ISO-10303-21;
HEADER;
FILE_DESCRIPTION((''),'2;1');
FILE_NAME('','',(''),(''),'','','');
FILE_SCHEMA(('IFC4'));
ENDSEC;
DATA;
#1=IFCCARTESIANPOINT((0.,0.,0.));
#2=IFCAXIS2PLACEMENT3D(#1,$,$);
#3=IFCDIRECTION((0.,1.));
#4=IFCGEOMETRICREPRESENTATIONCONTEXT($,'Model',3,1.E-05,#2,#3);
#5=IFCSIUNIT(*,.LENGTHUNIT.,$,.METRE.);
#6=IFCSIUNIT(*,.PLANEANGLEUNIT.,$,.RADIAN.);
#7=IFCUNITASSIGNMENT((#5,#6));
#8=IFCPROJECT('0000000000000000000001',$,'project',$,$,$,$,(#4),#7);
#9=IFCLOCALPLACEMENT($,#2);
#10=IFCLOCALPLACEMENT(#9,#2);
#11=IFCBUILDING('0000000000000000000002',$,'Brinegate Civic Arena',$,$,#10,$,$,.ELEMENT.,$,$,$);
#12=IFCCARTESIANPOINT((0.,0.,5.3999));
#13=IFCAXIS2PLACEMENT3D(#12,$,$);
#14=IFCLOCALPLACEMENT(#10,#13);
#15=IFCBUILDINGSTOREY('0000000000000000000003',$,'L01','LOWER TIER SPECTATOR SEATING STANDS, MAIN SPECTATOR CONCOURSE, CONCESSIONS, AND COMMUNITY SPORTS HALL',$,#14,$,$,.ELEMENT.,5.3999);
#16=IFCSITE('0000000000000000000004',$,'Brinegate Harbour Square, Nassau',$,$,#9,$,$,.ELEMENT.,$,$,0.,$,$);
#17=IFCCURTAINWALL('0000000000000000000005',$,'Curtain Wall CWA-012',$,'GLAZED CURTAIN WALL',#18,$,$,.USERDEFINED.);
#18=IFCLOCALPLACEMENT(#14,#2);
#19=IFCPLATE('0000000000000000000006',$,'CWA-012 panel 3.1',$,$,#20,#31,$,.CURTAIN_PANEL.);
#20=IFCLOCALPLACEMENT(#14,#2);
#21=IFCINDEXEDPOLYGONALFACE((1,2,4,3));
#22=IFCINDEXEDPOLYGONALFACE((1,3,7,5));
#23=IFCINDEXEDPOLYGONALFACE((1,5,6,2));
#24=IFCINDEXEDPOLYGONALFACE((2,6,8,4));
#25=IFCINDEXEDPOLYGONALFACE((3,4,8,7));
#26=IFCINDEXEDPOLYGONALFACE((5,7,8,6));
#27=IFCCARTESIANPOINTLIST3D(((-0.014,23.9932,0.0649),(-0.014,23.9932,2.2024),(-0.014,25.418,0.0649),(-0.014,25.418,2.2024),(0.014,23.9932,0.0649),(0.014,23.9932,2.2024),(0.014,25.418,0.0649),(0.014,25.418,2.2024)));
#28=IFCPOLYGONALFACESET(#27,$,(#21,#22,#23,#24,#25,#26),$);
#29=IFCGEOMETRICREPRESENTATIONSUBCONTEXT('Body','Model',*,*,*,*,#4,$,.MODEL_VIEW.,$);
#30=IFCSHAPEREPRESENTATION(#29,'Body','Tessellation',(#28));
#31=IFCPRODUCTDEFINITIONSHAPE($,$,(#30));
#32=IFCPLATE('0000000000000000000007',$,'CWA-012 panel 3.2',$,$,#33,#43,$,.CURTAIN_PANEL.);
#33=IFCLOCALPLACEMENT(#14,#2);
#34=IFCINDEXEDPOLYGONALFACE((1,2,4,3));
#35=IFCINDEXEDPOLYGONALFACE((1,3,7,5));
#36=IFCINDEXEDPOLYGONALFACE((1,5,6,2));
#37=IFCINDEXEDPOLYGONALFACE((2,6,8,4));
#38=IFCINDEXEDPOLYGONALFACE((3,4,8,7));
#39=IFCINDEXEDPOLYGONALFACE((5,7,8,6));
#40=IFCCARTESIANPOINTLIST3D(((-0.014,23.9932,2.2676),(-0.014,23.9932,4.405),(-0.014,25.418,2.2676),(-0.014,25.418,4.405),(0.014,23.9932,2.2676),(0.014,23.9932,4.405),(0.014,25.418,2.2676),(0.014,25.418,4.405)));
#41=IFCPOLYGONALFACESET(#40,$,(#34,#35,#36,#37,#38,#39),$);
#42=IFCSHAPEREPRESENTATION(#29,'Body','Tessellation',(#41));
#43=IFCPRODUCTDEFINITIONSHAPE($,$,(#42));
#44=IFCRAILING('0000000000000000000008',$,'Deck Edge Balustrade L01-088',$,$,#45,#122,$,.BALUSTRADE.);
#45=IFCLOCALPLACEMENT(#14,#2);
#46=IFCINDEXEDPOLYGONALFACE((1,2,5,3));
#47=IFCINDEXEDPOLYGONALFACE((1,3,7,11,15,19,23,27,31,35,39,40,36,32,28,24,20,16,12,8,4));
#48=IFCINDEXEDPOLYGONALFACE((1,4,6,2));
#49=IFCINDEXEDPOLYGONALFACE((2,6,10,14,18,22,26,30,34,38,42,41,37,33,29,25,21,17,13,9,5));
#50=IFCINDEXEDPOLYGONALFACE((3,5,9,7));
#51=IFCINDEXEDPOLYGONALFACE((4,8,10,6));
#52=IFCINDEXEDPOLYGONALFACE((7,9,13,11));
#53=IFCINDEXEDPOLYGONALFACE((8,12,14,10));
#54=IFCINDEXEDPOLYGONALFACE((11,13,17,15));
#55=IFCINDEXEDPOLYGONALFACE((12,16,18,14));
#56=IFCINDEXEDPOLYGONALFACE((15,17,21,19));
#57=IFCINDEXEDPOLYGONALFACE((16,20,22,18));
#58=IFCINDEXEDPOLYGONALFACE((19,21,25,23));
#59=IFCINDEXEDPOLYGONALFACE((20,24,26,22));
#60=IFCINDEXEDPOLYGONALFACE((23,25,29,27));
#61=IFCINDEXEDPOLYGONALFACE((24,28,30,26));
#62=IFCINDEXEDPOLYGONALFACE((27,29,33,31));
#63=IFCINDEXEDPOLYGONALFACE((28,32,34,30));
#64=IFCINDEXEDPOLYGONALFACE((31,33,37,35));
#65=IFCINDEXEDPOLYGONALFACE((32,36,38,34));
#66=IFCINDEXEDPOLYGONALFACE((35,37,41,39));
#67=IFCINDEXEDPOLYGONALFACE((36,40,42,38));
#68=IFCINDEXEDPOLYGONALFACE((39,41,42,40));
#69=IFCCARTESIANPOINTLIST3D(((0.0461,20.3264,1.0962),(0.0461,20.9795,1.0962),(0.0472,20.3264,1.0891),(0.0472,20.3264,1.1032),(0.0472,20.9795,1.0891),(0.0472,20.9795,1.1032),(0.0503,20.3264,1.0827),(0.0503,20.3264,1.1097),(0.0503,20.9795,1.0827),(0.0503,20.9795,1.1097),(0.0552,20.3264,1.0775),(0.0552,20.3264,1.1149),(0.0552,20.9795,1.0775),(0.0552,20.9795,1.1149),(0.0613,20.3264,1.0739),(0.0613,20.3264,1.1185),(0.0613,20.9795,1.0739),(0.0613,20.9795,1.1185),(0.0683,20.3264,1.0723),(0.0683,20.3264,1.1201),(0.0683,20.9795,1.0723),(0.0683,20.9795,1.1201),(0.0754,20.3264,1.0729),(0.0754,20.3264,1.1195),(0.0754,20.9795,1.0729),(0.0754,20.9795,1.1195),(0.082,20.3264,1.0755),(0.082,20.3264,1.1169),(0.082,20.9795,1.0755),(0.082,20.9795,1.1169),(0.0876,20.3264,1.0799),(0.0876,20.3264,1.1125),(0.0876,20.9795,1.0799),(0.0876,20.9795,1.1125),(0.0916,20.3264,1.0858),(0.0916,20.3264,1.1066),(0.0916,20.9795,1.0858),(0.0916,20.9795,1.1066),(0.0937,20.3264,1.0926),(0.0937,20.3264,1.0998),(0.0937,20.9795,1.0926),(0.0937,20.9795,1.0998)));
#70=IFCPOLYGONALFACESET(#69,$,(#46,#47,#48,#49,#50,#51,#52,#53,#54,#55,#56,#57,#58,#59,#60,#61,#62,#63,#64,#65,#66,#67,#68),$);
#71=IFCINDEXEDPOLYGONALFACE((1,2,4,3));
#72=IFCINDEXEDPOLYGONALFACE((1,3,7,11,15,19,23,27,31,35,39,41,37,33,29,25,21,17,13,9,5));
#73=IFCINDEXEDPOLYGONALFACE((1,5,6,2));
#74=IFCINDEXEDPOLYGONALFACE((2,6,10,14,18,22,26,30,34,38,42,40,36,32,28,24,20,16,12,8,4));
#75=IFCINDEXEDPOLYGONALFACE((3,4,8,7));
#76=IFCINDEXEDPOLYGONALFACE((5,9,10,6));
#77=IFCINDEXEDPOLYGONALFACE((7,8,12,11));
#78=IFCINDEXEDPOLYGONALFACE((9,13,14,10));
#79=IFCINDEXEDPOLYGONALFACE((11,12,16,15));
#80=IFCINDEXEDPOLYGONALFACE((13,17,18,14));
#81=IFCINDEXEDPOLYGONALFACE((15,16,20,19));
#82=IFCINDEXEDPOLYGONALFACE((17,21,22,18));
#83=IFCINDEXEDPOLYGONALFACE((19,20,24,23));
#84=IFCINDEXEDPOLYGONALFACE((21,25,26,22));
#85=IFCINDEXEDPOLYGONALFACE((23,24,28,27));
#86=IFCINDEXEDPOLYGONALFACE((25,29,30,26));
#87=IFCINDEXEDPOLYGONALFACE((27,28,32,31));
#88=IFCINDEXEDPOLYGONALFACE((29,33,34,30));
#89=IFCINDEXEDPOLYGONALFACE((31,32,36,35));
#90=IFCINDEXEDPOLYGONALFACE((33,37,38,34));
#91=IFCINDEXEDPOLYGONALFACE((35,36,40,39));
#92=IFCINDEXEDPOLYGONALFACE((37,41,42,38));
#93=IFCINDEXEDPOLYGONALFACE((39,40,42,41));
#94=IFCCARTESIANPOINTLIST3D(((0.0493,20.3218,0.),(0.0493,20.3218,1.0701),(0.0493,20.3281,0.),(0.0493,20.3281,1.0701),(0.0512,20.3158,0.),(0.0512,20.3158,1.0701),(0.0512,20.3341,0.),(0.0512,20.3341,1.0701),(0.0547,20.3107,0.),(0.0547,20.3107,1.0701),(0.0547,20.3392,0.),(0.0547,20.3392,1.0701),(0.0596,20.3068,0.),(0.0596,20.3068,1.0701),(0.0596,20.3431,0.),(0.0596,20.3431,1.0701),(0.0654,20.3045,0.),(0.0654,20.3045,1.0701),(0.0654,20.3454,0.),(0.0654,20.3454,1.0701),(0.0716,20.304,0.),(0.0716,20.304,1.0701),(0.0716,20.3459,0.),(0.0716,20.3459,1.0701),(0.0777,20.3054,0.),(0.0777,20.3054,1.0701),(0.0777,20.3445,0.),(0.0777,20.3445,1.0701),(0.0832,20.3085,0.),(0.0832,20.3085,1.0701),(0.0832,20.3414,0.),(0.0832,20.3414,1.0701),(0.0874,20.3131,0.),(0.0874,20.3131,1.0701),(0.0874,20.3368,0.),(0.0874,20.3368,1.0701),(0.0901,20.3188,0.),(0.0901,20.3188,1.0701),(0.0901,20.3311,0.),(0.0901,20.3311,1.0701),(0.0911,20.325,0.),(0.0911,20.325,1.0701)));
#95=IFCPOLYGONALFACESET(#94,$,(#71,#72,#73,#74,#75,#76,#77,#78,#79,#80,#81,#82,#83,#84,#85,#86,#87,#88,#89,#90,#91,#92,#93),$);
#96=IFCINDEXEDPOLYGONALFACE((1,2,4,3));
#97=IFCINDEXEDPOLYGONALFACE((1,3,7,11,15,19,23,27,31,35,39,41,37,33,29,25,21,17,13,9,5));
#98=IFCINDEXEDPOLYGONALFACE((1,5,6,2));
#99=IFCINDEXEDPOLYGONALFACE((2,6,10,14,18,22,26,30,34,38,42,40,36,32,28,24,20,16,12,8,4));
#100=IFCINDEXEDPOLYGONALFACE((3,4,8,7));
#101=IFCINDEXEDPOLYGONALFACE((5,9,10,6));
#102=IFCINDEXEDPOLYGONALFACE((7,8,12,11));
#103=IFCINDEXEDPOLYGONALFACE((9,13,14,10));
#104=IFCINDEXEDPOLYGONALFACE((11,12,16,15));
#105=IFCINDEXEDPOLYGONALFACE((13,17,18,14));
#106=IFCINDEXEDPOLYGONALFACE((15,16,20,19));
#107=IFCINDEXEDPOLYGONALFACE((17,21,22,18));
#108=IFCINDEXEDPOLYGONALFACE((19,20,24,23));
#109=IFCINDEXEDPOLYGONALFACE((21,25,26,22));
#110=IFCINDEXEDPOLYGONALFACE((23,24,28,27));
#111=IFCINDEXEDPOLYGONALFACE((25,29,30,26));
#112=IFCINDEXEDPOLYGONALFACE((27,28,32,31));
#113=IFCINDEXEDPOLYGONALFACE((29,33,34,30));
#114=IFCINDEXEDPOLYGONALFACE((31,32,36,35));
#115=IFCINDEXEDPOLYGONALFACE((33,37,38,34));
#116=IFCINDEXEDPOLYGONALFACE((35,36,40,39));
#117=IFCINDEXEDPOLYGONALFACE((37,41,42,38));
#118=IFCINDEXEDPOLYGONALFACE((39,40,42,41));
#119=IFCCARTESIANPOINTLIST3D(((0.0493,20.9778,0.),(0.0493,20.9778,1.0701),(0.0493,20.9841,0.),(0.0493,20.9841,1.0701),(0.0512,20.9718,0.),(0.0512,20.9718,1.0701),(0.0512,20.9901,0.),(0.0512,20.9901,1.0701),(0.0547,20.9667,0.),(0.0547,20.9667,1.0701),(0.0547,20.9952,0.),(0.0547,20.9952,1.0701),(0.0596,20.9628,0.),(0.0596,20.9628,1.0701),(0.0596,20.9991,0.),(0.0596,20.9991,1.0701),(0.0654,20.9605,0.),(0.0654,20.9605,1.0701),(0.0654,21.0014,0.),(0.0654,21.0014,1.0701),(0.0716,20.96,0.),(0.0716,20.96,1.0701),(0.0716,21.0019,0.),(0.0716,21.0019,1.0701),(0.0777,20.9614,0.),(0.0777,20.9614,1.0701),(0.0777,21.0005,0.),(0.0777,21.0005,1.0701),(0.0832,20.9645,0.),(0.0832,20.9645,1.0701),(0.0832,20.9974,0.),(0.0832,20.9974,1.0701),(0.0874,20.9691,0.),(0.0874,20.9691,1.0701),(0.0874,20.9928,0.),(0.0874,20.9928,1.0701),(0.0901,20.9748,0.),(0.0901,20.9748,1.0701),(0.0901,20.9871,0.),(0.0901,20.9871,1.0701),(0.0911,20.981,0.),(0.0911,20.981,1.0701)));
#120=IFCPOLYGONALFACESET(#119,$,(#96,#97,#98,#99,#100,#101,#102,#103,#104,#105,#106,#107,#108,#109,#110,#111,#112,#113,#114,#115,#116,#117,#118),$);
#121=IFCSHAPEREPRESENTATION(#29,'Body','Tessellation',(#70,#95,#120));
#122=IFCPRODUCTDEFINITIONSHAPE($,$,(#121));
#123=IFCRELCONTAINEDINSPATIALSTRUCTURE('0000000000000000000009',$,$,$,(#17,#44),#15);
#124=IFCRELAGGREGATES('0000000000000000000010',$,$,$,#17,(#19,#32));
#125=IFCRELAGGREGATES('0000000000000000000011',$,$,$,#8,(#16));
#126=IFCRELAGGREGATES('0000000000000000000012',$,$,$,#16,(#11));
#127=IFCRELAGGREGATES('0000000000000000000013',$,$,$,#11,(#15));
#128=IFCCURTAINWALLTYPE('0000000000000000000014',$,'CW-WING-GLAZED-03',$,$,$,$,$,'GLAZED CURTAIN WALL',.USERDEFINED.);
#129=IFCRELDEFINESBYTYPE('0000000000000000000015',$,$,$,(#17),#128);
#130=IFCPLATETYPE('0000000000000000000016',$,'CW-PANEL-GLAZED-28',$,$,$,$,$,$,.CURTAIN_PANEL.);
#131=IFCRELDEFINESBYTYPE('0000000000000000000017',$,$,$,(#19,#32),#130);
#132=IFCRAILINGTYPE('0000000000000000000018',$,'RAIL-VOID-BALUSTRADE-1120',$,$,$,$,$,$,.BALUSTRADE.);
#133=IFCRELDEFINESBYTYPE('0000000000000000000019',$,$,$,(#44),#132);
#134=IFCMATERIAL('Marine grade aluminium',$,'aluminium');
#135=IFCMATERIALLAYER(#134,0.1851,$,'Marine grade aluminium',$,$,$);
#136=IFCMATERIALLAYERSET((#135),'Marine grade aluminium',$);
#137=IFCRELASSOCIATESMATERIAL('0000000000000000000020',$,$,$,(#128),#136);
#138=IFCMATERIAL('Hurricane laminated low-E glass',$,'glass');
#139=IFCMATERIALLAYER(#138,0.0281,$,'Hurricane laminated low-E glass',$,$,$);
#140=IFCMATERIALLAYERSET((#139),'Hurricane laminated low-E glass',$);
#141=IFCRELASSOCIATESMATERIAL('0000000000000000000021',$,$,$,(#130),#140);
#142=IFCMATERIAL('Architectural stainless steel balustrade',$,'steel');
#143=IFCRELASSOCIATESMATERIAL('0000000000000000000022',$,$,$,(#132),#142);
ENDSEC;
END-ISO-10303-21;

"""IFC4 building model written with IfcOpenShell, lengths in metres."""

from ifc_helpers import new_model, si_unit, direction, frame, origin, origin_2d, place, context, subcontext, project, spatial, rectangle, circle, extrude, material, layer, layer_set, type_object, element, aggregate, save


model = new_model("IFC4")

# Units and contexts
model_context = context("Model", 3, precision=1e-05, world=origin(), true_north=direction((0.0, 1.0)))
body_context = subcontext(model_context, "Body", "Model", "MODEL_VIEW")
ifc_project = project(units=[si_unit("LENGTHUNIT", "METRE"), si_unit("PLANEANGLEUNIT", "RADIAN")], contexts=[model_context])

# Site, building, storey
site_placement = place(None, origin())
site = spatial("IfcSite", under=ifc_project, at=site_placement, Name="Brinegate Harbour Square, Nassau", CompositionType="ELEMENT", RefElevation=0.0)
building_placement = place(site_placement, origin())
building = spatial("IfcBuilding", under=site, at=building_placement, Name="Brinegate Civic Arena", CompositionType="ELEMENT")
storey_placement = place(building_placement, frame((0.0, 0.0, 5.3999)))
storey = spatial("IfcBuildingStorey", under=building, at=storey_placement, Name="L01", Description="LOWER TIER SPECTATOR SEATING STANDS, MAIN SPECTATOR CONCOURSE, CONCESSIONS, AND COMMUNITY SPORTS HALL", CompositionType="ELEMENT", Elevation=5.3999)

# Curtain wall, plates
ifc_material_1 = material(Name="Marine grade aluminium", Category="aluminium")
ifc_layer_1 = layer(ifc_material_1, 0.1851, Name="Marine grade aluminium")
ifc_layer_set_1 = layer_set([ifc_layer_1], Name="Marine grade aluminium")
curtain_wall_type = type_object("IfcCurtainWallType", Name="CW-WING-GLAZED-03", ElementType="GLAZED CURTAIN WALL", PredefinedType="USERDEFINED", material=ifc_layer_set_1)
curtain_wall_placement = place(storey_placement, origin())
curtain_wall = element("IfcCurtainWall", 1, at=curtain_wall_placement, inside=storey, type_object=curtain_wall_type, Name="Curtain Wall CWA-012", ObjectType="GLAZED CURTAIN WALL", PredefinedType="USERDEFINED")
ifc_material_2 = material(Name="Hurricane laminated low-E glass", Category="glass")
ifc_layer_2 = layer(ifc_material_2, 0.0281, Name="Hurricane laminated low-E glass")
ifc_layer_set_2 = layer_set([ifc_layer_2], Name="Hurricane laminated low-E glass")
plate_type = type_object("IfcPlateType", Name="CW-PANEL-GLAZED-28", PredefinedType="CURTAIN_PANEL", material=ifc_layer_set_2)
plate_1_placement = place(storey_placement, frame((0.0, 24.7056, 0.0649), z_axis=(0.0, 0.0, 1.0), x_axis=(0.0, 1.0, 0.0)))
plate_1 = element("IfcPlate", 2, at=plate_1_placement, type_object=plate_type, Name="CWA-012 panel 3.1", PredefinedType="CURTAIN_PANEL", context=body_context, shape_type="SweptSolid", body=[
    extrude(rectangle(XDim=1.4248, YDim=0.0281, at=origin_2d()), origin(), (0.0, 0.0, 1.0), 2.1375),
])
plate_2_placement = place(storey_placement, frame((0.0, 24.7056, 2.2676), z_axis=(0.0, 0.0, 1.0), x_axis=(0.0, 1.0, 0.0)))
plate_2 = element("IfcPlate", 3, at=plate_2_placement, type_object=plate_type, Name="CWA-012 panel 3.2", PredefinedType="CURTAIN_PANEL", context=body_context, shape_type="SweptSolid", body=[
    extrude(rectangle(XDim=1.4248, YDim=0.0281, at=origin_2d()), origin(), (0.0, 0.0, 1.0), 2.1375),
])
aggregate(curtain_wall, [plate_1, plate_2])

# Railing
ifc_material_3 = material(Name="Architectural stainless steel balustrade", Category="steel")
railing_type = type_object("IfcRailingType", Name="RAIL-VOID-BALUSTRADE-1120", PredefinedType="BALUSTRADE", material=ifc_material_3)
railing_placement = place(storey_placement, frame((0.0701, 20.325, 0.0)))
element("IfcRailing", 4, at=railing_placement, inside=storey, type_object=railing_type, Name="Deck Edge Balustrade L01-088", PredefinedType="BALUSTRADE", context=body_context, shape_type="SweptSolid", body=[
    extrude(circle(Radius=0.0239, at=origin_2d()), frame((0.0, 0.0015, 1.0962), z_axis=(0.0, 1.0, 0.0), x_axis=(-1.0, 0.0, 0.0)), (0.0, 0.0, 1.0), 0.6531),
    extrude(circle(Radius=0.021, at=origin_2d()), origin(), (0.0, 0.0, 1.0), 1.0701),
    extrude(circle(Radius=0.021, at=origin_2d()), frame((0.0, 0.656, 0.0)), (0.0, 0.0, 1.0), 1.0701),
])

save(model, "model.ifc")
